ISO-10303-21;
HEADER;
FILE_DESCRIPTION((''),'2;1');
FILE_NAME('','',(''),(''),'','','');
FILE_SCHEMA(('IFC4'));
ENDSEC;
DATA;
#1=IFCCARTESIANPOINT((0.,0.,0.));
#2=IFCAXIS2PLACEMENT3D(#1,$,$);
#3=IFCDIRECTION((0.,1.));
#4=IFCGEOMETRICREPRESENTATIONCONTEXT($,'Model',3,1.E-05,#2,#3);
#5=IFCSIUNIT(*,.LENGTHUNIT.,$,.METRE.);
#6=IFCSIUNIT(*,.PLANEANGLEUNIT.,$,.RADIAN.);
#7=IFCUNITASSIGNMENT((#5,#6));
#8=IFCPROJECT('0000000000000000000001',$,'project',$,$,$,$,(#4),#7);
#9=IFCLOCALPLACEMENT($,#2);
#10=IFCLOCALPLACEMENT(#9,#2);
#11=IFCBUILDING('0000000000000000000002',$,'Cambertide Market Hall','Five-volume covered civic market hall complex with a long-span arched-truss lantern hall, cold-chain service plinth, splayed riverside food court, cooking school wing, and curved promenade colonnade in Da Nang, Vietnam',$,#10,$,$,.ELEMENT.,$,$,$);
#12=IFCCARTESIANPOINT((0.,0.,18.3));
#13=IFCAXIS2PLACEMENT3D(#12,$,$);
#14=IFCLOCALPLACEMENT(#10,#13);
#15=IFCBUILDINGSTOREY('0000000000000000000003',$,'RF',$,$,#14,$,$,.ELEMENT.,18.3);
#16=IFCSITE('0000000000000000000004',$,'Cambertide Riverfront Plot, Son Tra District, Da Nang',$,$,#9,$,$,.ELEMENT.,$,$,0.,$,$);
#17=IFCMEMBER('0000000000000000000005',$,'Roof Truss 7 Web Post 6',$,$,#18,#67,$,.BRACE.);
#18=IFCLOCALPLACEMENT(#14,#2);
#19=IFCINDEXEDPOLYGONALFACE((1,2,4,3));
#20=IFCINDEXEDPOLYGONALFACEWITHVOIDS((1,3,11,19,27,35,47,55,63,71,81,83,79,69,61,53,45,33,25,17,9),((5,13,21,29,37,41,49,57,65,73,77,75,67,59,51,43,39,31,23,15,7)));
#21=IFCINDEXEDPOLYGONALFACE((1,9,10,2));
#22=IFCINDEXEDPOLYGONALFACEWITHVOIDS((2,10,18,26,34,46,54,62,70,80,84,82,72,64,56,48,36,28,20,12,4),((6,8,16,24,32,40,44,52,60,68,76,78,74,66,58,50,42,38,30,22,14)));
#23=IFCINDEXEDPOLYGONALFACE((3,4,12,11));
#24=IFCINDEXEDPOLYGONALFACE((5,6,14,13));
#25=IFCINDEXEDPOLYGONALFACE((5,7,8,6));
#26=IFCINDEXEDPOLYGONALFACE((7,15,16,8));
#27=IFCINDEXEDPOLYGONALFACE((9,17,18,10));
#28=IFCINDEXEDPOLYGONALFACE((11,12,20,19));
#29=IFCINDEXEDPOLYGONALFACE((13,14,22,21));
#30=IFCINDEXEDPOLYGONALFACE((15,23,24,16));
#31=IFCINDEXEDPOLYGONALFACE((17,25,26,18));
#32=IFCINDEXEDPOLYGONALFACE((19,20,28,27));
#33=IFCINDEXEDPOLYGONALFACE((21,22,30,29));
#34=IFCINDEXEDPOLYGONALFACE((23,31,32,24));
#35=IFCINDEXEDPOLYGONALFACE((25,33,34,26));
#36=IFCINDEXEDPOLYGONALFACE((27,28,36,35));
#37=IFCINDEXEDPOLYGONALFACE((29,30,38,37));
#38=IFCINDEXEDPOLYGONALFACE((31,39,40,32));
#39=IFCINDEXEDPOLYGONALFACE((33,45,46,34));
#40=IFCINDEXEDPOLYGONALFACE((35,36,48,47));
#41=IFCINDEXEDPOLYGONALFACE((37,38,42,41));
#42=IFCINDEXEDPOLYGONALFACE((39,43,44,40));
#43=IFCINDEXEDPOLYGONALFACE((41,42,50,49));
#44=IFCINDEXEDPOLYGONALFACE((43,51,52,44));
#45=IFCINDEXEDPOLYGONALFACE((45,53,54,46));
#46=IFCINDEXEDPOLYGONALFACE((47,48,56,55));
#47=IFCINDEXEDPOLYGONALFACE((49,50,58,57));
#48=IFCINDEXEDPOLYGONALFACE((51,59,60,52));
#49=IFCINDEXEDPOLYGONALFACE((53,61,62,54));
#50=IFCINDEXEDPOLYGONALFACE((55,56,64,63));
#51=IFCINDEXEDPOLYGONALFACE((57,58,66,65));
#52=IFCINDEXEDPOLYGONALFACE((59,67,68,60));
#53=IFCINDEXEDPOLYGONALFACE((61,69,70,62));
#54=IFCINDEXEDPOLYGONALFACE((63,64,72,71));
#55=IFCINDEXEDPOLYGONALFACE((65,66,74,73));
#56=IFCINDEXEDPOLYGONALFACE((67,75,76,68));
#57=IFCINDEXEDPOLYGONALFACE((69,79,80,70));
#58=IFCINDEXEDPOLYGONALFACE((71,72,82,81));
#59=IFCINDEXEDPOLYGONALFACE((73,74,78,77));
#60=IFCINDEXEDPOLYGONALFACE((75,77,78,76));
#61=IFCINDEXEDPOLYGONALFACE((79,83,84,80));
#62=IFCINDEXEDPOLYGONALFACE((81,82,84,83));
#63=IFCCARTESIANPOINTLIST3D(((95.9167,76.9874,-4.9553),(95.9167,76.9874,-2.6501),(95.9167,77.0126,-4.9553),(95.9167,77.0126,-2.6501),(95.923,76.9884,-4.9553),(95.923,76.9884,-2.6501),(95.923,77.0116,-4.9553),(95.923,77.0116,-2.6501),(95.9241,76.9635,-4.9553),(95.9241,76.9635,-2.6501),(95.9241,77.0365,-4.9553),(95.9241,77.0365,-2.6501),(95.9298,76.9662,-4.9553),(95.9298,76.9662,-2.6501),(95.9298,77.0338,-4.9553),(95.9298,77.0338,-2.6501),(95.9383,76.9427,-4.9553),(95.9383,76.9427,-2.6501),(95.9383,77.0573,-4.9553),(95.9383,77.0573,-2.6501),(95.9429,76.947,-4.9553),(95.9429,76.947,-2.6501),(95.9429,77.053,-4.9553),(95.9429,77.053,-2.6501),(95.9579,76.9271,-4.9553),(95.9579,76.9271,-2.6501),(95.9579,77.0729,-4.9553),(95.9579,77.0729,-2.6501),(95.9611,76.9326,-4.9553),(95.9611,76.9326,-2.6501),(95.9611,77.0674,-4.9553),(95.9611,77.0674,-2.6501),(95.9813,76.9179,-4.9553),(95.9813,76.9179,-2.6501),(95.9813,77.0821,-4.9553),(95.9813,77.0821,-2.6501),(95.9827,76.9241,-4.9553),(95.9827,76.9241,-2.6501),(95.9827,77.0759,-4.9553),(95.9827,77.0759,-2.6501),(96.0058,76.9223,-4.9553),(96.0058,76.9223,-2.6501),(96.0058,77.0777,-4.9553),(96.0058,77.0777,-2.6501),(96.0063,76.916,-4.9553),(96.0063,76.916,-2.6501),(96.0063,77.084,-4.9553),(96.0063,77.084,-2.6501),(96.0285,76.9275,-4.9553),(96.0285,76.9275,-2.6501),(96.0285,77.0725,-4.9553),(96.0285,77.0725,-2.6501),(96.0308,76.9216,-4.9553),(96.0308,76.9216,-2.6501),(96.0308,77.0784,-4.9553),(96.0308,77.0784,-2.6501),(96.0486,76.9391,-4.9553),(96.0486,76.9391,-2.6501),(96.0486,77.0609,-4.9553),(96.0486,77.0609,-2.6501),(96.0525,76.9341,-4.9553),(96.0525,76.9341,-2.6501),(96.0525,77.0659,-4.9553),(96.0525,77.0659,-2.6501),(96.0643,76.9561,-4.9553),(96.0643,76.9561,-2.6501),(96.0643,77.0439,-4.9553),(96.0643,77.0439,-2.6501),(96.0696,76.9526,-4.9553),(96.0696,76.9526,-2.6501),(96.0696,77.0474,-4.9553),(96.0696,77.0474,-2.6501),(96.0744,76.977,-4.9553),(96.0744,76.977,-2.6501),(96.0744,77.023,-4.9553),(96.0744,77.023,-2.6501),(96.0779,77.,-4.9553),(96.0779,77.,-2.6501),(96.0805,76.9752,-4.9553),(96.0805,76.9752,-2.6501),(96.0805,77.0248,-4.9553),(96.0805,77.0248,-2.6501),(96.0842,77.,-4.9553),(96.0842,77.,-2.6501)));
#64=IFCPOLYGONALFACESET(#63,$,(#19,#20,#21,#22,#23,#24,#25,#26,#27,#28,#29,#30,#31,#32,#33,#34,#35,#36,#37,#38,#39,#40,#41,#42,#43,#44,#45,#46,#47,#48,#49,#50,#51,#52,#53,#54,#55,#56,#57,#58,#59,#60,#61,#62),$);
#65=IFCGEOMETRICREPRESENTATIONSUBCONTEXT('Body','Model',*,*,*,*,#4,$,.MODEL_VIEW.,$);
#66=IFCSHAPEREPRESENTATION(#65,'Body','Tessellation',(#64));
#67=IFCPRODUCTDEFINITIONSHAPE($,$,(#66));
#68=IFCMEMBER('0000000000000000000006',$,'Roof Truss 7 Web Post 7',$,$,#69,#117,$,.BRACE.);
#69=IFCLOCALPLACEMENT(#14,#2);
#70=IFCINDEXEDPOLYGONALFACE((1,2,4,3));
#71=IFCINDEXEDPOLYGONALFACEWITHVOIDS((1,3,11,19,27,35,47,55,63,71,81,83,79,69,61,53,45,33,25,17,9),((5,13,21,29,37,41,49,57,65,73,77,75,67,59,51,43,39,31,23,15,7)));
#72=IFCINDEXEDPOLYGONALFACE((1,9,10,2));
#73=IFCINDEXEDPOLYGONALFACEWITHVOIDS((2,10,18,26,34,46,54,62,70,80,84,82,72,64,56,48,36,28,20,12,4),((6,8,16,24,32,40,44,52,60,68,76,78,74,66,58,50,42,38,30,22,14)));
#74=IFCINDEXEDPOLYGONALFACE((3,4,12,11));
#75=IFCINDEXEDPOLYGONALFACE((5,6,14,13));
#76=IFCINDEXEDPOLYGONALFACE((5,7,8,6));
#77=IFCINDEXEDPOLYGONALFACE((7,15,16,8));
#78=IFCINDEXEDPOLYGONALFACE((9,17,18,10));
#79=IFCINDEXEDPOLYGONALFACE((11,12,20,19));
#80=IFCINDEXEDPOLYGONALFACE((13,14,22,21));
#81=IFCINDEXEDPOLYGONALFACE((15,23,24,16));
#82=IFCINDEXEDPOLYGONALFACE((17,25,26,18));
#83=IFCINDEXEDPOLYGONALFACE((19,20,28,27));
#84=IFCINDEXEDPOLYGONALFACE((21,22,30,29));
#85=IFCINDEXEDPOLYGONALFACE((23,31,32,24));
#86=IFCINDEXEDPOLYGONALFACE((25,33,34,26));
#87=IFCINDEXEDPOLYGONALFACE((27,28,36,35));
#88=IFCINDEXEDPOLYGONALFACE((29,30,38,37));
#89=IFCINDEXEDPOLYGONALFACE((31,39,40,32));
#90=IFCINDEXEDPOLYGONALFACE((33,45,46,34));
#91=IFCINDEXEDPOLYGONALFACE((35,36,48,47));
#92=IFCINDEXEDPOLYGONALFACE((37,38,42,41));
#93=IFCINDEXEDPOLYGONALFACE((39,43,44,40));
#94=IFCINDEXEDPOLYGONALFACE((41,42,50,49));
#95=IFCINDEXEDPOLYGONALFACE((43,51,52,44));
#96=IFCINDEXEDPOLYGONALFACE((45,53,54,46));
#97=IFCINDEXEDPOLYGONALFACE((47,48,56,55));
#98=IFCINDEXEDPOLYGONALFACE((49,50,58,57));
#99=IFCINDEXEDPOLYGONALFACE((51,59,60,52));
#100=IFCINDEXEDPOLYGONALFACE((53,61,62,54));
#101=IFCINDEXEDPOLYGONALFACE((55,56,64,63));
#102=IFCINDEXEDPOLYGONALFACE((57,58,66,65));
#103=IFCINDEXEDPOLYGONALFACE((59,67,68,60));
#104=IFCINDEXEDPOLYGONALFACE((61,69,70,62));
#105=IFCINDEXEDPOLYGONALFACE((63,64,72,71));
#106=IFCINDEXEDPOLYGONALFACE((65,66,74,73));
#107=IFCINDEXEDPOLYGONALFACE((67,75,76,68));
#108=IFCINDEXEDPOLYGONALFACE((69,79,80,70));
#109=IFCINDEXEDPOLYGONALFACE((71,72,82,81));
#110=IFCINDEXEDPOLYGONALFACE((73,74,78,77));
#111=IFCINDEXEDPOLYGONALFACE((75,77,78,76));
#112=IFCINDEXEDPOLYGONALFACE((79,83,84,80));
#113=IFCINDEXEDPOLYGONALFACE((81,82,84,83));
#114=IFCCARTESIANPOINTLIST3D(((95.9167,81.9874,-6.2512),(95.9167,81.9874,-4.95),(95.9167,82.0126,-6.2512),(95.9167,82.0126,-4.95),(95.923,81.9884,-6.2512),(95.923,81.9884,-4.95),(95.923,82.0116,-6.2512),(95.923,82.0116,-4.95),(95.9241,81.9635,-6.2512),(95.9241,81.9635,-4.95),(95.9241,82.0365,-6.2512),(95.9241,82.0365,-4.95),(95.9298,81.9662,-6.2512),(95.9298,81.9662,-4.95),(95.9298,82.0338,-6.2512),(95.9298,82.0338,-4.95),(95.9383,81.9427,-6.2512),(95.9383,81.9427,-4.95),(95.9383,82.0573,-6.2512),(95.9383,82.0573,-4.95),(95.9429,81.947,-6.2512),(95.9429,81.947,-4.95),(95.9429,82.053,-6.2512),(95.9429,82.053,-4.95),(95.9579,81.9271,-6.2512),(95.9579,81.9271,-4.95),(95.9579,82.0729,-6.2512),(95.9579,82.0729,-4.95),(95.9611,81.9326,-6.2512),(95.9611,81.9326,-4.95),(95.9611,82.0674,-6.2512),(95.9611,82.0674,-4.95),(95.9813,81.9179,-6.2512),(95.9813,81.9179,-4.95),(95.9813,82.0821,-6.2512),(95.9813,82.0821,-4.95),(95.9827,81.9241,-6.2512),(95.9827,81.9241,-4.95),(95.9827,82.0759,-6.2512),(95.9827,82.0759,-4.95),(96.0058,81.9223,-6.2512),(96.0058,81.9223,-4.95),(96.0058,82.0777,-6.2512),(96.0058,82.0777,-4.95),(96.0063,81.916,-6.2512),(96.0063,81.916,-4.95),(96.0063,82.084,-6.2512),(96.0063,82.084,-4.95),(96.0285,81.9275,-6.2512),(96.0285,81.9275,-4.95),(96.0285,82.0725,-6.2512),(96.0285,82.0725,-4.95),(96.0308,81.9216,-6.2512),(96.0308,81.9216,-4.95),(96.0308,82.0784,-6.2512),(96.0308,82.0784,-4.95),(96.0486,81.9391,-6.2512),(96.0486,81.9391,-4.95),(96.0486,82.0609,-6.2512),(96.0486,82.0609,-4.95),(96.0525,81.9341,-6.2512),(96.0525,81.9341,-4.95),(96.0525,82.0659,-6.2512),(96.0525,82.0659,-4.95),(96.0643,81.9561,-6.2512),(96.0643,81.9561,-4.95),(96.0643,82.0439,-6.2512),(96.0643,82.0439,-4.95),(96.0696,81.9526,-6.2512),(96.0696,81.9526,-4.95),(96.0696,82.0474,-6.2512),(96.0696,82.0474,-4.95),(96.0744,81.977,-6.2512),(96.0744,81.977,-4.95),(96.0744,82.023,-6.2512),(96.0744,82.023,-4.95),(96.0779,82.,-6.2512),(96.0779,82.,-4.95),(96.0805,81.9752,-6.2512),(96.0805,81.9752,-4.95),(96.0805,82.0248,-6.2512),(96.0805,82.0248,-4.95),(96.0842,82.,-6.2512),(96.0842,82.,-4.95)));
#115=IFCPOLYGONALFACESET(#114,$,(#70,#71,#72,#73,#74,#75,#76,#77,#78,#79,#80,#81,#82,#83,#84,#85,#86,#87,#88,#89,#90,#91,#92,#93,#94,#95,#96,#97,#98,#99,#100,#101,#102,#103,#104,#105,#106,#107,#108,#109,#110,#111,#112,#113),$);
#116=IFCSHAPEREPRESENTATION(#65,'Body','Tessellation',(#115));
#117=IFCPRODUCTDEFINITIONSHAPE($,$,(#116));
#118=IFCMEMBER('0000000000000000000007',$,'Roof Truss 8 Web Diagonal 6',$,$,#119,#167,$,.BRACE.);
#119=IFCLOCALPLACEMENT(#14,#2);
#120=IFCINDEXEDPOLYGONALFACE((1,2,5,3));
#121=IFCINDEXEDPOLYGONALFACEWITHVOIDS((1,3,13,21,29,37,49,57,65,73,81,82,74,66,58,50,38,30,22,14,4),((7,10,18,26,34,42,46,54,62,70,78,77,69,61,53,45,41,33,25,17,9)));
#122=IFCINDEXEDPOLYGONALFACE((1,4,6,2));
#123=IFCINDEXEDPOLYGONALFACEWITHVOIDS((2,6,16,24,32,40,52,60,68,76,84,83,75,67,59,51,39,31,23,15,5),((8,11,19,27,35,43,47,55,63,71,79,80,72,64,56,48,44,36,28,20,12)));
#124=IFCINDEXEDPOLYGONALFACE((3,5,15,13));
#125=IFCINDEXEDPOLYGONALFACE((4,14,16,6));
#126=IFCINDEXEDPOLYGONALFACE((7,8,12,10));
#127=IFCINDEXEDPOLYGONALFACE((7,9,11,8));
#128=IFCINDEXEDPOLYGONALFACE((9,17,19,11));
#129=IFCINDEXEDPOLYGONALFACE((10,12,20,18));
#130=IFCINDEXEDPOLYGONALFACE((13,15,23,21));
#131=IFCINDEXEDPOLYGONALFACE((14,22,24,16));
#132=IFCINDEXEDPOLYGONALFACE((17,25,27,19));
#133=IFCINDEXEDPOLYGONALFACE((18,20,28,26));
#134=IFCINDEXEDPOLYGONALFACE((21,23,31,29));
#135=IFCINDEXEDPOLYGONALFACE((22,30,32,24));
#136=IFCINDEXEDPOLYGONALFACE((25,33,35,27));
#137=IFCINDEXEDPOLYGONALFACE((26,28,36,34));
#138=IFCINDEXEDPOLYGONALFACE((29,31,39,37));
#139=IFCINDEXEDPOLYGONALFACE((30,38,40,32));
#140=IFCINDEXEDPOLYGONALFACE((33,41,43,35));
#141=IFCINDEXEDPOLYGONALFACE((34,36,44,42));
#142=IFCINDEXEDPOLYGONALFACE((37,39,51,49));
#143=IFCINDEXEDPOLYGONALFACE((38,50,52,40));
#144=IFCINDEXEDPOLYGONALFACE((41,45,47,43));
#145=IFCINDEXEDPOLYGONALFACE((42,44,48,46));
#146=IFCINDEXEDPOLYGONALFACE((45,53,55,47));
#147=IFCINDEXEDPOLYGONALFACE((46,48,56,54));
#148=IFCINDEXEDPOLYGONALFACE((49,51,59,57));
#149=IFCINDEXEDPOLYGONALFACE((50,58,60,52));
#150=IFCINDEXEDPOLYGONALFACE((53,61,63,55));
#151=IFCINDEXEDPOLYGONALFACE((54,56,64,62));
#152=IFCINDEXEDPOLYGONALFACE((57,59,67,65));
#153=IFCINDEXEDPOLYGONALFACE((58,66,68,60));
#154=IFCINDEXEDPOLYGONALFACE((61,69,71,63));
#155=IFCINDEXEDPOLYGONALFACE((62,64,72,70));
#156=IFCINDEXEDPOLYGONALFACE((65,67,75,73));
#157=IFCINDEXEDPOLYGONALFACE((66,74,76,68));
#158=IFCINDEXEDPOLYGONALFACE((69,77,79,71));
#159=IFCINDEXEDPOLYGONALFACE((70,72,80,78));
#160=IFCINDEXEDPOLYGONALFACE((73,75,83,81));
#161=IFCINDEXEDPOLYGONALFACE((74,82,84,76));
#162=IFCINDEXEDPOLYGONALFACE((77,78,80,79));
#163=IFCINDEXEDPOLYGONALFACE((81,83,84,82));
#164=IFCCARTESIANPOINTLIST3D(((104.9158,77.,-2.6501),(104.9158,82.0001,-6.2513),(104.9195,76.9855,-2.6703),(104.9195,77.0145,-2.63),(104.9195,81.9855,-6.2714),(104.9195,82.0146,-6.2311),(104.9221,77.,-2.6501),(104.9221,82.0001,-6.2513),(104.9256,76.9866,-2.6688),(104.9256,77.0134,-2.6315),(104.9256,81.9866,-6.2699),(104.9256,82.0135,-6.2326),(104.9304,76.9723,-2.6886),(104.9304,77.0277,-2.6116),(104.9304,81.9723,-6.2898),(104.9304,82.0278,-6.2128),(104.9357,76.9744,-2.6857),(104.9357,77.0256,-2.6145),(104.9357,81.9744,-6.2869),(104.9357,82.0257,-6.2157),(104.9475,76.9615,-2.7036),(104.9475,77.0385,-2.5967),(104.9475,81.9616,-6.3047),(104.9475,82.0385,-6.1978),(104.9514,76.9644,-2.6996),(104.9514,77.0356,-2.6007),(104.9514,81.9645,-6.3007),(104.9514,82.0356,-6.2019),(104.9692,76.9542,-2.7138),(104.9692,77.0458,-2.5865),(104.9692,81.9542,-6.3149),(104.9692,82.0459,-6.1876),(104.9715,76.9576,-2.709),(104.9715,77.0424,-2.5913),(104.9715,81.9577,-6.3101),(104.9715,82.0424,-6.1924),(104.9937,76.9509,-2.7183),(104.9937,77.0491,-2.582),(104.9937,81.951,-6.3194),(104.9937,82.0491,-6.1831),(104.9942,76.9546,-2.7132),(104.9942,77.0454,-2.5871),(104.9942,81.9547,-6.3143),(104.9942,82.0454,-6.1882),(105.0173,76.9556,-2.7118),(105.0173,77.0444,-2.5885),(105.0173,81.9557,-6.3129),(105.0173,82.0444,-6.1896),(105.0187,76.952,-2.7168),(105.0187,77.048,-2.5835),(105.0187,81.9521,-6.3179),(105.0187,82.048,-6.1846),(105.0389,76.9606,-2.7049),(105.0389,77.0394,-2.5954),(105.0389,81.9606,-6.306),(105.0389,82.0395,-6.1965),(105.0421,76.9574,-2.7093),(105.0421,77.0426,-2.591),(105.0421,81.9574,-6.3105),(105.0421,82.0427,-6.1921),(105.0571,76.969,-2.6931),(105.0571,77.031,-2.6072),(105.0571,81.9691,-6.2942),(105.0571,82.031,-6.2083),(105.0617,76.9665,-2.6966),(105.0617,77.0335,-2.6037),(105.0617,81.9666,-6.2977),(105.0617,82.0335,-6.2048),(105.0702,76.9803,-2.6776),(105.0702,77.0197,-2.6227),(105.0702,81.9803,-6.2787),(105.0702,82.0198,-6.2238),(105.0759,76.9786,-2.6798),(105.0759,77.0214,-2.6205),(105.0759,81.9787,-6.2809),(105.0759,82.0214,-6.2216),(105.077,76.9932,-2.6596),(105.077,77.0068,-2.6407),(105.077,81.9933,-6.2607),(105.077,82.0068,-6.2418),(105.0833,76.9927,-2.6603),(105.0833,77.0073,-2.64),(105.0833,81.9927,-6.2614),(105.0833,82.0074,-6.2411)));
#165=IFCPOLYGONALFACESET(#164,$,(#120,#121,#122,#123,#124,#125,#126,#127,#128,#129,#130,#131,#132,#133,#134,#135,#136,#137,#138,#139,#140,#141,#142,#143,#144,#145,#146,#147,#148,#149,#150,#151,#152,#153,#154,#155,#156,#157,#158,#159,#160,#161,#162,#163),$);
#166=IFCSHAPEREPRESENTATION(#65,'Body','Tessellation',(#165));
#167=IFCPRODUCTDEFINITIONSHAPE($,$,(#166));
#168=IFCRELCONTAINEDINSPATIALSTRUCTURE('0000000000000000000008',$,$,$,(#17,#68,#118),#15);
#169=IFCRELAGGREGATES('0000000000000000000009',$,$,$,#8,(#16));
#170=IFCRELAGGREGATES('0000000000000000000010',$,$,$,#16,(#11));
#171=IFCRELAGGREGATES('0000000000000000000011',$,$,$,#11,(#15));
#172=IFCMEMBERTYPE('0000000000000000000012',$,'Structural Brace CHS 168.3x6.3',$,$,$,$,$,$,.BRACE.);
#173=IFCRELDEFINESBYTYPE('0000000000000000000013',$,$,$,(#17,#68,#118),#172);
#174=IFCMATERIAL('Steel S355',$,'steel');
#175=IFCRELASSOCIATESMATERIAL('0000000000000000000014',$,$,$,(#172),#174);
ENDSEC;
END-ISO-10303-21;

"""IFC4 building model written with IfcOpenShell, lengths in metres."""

from ifc_helpers import new_model, si_unit, direction, frame, origin, origin_2d, place, context, subcontext, project, spatial, hollow_circle, extrude, material, material_profile, profile_set, type_object, element, save


model = new_model("IFC4")

# Units and contexts
model_context = context("Model", 3, precision=1e-05, world=origin(), true_north=direction((0.0, 1.0)))
body_context = subcontext(model_context, "Body", "Model", "MODEL_VIEW")
ifc_project = project(units=[si_unit("LENGTHUNIT", "METRE"), si_unit("PLANEANGLEUNIT", "RADIAN")], contexts=[model_context])

# Site, building, storey
site_placement = place(None, origin())
site = spatial("IfcSite", under=ifc_project, at=site_placement, Name="Cambertide Riverfront Plot, Son Tra District, Da Nang", CompositionType="ELEMENT", RefElevation=0.0)
building_placement = place(site_placement, origin())
building = spatial("IfcBuilding", under=site, at=building_placement, Name="Cambertide Market Hall", Description="Five-volume covered civic market hall complex with a long-span arched-truss lantern hall, cold-chain service plinth, splayed riverside food court, cooking school wing, and curved promenade colonnade in Da Nang, Vietnam", CompositionType="ELEMENT")
storey_placement = place(building_placement, frame((0.0, 0.0, 18.3)))
storey = spatial("IfcBuildingStorey", under=building, at=storey_placement, Name="RF", CompositionType="ELEMENT", Elevation=18.3)

# Members
ifc_material_1 = material(Name="Steel S355", Category="steel")
ifc_material_profile_1 = material_profile(ifc_material_1, hollow_circle(Radius=0.0842, WallThickness=0.0063, at=origin_2d()), Name="CHS 168.3x6.3")
ifc_profile_set_1 = profile_set([ifc_material_profile_1], Name="Steel S355")
member_type_1 = type_object("IfcMemberType", Name="Structural Brace CHS 168.3x6.3", PredefinedType="BRACE", material=ifc_profile_set_1)
member_1_placement = place(storey_placement, frame((96.0, 77.0, -4.9553), z_axis=(0.0, 0.0, 1.0), x_axis=(1.0, 0.0, 0.0)))
element("IfcMember", 1, at=member_1_placement, inside=storey, type_object=member_type_1, Name="Roof Truss 7 Web Post 6", PredefinedType="BRACE", context=body_context, shape_type="SweptSolid", body=[
    extrude(hollow_circle(Radius=0.0842, WallThickness=0.0063, at=origin_2d()), origin(), (0.0, 0.0, 1.0), 2.3052),
])
member_2_placement = place(storey_placement, frame((96.0, 82.0, -6.2512), z_axis=(0.0, 0.0, 1.0), x_axis=(1.0, 0.0, 0.0)))
element("IfcMember", 2, at=member_2_placement, inside=storey, type_object=member_type_1, Name="Roof Truss 7 Web Post 7", PredefinedType="BRACE", context=body_context, shape_type="SweptSolid", body=[
    extrude(hollow_circle(Radius=0.0842, WallThickness=0.0063, at=origin_2d()), origin(), (0.0, 0.0, 1.0), 1.3013),
])
member_3_placement = place(storey_placement, frame((105.0, 77.0, -2.6501), z_axis=(0.0, 0.811452, -0.58442), x_axis=(-1.0, 0.0, 0.0)))
element("IfcMember", 3, at=member_3_placement, inside=storey, type_object=member_type_1, Name="Roof Truss 8 Web Diagonal 6", PredefinedType="BRACE", context=body_context, shape_type="SweptSolid", body=[
    extrude(hollow_circle(Radius=0.0842, WallThickness=0.0063, at=origin_2d()), origin(), (0.0, 0.0, 1.0), 6.1619),
])

save(model, "model.ifc")
